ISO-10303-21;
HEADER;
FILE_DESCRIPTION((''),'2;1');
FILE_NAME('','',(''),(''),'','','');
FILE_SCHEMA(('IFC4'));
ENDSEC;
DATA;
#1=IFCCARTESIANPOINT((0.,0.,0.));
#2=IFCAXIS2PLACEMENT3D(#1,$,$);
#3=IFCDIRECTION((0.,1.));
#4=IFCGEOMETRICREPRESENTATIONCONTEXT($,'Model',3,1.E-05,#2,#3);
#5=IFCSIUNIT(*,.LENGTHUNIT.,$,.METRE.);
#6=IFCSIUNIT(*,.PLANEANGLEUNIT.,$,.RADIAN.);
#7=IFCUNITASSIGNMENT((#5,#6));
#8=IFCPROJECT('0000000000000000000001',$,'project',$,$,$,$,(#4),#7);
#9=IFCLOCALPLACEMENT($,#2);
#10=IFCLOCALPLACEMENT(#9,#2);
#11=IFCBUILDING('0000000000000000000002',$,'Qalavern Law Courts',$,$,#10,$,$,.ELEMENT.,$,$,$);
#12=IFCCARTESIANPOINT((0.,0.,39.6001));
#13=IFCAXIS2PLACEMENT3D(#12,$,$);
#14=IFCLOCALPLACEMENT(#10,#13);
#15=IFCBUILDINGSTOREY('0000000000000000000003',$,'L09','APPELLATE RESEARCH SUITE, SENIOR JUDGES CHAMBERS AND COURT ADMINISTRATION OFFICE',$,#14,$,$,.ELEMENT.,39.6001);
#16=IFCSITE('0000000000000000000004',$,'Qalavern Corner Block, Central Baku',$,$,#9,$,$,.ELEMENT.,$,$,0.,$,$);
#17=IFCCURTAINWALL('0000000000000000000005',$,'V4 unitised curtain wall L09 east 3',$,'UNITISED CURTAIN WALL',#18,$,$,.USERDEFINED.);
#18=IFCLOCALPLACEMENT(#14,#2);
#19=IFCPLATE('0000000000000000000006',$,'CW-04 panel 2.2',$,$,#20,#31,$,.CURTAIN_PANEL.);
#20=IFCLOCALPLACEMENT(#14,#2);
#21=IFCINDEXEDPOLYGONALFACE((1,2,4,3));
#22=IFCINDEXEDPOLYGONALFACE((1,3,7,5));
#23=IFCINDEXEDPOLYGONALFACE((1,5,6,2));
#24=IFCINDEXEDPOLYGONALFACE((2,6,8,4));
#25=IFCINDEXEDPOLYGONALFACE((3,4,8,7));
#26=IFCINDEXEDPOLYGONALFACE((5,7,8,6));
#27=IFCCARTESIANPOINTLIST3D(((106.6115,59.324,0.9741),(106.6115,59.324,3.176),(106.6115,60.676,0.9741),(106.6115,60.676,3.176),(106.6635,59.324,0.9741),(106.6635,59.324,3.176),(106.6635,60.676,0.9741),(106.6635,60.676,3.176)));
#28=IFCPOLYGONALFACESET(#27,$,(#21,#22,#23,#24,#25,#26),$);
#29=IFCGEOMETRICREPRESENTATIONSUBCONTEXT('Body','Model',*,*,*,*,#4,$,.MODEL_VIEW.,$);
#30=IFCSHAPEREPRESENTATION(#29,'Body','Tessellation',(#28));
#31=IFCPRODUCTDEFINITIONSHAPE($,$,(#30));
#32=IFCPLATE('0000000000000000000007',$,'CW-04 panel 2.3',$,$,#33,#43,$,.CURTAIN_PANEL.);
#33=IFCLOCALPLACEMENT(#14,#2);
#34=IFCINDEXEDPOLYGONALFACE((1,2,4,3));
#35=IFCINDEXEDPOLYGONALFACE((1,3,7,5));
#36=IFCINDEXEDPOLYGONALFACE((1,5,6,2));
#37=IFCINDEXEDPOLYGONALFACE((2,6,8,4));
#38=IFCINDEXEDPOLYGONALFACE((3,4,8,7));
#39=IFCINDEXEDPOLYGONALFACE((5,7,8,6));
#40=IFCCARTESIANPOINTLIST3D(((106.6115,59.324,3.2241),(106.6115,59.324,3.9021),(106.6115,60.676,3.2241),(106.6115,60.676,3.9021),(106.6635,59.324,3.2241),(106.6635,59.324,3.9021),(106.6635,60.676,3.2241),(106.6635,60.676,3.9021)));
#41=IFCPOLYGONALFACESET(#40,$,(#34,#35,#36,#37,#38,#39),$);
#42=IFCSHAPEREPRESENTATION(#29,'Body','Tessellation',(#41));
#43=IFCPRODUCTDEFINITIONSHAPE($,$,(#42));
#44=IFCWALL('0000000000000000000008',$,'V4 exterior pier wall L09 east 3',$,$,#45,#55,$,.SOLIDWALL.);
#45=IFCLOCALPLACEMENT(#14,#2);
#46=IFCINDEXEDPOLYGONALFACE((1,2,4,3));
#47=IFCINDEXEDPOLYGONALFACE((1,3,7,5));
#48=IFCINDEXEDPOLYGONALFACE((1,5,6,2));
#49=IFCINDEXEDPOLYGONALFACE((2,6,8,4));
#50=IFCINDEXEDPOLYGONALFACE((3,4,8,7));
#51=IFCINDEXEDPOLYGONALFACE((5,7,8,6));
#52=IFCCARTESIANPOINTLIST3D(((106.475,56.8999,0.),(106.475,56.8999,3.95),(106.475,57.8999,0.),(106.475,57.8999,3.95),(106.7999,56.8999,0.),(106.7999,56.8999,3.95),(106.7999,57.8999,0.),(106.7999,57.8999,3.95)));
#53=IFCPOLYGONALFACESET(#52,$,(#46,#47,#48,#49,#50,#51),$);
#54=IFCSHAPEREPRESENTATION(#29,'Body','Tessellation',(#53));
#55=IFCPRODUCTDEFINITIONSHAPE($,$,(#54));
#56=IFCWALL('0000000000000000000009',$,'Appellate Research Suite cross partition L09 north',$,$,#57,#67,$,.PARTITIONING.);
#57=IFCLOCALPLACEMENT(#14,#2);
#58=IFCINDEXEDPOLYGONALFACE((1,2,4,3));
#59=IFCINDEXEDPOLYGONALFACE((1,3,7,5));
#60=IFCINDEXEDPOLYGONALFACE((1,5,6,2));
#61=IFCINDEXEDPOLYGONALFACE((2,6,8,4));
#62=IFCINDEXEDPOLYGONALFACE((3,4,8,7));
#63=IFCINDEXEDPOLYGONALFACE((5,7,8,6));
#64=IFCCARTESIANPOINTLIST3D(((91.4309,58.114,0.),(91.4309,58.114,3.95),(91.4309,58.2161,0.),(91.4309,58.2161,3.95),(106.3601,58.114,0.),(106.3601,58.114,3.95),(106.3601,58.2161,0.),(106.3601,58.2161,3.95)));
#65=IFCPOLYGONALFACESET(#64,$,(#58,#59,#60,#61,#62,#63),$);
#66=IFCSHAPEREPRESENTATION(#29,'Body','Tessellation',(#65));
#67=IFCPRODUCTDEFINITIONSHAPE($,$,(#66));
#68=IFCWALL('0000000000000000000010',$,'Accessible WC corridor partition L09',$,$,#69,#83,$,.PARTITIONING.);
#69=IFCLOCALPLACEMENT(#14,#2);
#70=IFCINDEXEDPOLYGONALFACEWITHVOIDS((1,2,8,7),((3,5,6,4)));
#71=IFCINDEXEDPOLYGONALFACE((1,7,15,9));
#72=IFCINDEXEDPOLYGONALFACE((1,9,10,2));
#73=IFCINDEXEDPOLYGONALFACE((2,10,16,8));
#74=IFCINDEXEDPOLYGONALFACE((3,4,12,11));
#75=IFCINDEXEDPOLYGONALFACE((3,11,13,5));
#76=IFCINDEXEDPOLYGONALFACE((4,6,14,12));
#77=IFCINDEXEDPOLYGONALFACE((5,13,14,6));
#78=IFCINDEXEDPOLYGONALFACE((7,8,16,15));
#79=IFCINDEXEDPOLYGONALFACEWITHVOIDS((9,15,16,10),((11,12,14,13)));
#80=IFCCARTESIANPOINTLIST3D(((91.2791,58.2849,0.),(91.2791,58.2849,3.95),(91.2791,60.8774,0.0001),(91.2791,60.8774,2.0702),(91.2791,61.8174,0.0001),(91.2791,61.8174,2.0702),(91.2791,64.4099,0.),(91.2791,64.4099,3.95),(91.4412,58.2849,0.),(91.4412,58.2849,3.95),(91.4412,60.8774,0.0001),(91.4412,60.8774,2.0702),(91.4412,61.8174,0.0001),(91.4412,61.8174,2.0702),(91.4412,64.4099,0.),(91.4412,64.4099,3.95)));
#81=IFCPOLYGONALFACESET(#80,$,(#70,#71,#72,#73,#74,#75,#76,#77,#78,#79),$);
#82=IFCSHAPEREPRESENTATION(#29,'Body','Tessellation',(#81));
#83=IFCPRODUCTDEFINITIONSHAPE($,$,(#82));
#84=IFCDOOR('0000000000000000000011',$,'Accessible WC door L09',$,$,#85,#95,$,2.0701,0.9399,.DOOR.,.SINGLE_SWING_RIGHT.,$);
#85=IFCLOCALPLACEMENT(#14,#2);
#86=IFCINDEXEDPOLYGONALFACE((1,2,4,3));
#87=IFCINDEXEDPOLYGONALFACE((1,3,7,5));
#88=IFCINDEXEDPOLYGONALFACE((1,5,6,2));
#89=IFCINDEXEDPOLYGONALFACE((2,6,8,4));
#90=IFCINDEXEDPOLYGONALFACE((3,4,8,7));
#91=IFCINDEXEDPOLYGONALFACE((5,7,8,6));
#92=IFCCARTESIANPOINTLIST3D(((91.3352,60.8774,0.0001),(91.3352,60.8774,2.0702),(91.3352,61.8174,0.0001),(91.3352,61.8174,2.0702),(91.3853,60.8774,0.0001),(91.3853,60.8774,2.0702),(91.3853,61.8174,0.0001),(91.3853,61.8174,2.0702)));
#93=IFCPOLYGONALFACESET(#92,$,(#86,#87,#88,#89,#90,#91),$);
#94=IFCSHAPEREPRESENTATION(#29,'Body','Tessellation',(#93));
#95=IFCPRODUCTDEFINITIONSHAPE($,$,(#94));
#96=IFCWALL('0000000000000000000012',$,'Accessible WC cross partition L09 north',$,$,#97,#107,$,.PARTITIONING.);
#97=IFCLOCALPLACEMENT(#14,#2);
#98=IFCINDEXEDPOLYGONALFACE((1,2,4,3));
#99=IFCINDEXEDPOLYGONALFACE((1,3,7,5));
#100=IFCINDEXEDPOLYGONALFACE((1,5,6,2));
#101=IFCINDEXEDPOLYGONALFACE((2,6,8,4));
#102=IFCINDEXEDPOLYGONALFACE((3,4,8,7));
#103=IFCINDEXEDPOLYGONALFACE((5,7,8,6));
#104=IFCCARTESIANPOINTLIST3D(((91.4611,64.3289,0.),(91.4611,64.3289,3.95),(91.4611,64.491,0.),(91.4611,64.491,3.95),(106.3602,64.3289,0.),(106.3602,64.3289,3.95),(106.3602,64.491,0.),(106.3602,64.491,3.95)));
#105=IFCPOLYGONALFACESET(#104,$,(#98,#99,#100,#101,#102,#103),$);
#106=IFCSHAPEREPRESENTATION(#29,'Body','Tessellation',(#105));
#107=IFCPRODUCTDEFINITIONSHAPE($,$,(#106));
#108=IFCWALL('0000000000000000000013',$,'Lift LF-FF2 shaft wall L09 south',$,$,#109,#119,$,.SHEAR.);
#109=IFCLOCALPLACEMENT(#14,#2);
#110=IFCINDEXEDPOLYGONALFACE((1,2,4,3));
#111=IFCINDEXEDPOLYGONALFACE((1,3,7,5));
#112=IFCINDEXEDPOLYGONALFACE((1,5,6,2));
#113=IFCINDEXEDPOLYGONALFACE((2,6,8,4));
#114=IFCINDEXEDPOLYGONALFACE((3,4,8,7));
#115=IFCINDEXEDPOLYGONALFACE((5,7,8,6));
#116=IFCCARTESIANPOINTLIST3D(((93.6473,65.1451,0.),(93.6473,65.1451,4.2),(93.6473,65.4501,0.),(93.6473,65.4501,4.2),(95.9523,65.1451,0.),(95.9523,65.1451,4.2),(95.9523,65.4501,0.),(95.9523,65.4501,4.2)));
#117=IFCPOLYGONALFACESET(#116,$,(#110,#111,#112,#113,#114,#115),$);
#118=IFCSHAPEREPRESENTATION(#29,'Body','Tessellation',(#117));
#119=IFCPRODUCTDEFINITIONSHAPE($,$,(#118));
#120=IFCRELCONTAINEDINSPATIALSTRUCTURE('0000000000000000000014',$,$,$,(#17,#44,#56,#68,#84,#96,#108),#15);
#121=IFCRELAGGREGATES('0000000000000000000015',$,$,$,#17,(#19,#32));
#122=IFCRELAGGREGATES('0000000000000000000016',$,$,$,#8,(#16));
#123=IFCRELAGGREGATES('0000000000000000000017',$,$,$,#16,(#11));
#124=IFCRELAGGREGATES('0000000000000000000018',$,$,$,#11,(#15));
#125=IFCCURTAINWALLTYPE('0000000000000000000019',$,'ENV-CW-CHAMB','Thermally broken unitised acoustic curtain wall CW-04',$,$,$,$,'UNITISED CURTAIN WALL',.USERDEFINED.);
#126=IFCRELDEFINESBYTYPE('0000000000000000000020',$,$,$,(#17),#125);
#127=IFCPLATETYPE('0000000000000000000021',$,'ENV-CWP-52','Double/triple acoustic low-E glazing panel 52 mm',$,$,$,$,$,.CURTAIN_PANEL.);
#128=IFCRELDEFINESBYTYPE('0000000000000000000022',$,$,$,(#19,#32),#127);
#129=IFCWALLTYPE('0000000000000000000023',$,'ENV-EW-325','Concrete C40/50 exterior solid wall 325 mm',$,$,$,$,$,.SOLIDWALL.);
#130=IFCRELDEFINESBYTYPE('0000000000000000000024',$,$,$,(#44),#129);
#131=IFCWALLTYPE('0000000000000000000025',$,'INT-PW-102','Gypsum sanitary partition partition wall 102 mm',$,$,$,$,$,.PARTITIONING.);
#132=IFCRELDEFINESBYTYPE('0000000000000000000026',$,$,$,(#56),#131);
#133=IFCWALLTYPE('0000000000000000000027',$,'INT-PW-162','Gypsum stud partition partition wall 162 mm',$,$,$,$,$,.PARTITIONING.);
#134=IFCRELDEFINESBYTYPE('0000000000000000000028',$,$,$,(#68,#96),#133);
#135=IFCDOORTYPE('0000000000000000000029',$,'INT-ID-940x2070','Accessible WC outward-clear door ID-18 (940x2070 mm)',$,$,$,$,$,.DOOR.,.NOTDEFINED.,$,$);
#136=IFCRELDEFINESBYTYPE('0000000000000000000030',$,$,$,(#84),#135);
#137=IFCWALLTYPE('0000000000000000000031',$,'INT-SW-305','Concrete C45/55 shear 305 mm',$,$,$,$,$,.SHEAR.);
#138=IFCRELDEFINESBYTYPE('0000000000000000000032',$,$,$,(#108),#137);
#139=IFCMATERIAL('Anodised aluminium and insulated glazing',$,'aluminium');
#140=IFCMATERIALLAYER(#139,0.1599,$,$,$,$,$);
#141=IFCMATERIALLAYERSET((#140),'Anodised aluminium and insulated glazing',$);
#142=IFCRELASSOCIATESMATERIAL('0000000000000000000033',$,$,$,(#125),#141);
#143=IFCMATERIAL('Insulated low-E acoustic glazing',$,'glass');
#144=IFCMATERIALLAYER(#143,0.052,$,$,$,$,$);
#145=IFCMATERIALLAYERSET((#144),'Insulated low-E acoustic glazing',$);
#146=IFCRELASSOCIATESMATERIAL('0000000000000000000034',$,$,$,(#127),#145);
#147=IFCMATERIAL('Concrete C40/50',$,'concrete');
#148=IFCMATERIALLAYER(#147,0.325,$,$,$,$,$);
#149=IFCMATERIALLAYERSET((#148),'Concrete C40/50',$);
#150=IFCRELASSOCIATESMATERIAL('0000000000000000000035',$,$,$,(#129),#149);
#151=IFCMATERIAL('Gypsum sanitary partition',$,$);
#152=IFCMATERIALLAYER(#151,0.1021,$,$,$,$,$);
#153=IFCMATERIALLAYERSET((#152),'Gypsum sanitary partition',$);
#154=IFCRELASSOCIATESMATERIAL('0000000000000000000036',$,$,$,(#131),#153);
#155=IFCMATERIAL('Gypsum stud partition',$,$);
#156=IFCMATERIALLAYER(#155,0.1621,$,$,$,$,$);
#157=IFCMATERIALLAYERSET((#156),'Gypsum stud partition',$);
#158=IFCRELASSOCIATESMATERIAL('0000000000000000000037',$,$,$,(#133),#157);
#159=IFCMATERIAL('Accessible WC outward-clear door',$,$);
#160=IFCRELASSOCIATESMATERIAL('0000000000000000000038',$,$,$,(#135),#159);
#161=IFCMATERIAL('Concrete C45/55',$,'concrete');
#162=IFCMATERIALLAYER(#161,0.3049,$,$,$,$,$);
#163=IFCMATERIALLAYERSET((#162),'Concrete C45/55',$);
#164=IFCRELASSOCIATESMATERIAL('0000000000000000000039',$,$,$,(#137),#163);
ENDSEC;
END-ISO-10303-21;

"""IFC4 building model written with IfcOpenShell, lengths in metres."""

from ifc_helpers import new_model, si_unit, direction, frame, frame_2d, origin, origin_2d, place, context, subcontext, project, spatial, rectangle, extrude, material, layer, layer_set, type_object, element, fill, aggregate, save


model = new_model("IFC4")

# Units and contexts
model_context = context("Model", 3, precision=1e-05, world=origin(), true_north=direction((0.0, 1.0)))
body_context = subcontext(model_context, "Body", "Model", "MODEL_VIEW")
ifc_project = project(units=[si_unit("LENGTHUNIT", "METRE"), si_unit("PLANEANGLEUNIT", "RADIAN")], contexts=[model_context])

# Site, building, storey
site_placement = place(None, origin())
site = spatial("IfcSite", under=ifc_project, at=site_placement, Name="Qalavern Corner Block, Central Baku", CompositionType="ELEMENT", RefElevation=0.0)
building_placement = place(site_placement, origin())
building = spatial("IfcBuilding", under=site, at=building_placement, Name="Qalavern Law Courts", CompositionType="ELEMENT")
storey_placement = place(building_placement, frame((0.0, 0.0, 39.6001)))
storey = spatial("IfcBuildingStorey", under=building, at=storey_placement, Name="L09", Description="APPELLATE RESEARCH SUITE, SENIOR JUDGES CHAMBERS AND COURT ADMINISTRATION OFFICE", CompositionType="ELEMENT", Elevation=39.6001)

# Shared definitions
ifc_material_1 = material(Name="Concrete C45/55", Category="concrete")

# Shared definitions
ifc_material_2 = material(Name="Anodised aluminium and insulated glazing", Category="aluminium")
ifc_layer_1 = layer(ifc_material_2, 0.1599)
ifc_layer_set_1 = layer_set([ifc_layer_1], Name="Anodised aluminium and insulated glazing")
curtain_wall_type = type_object("IfcCurtainWallType", Name="ENV-CW-CHAMB", Description="Thermally broken unitised acoustic curtain wall CW-04", ElementType="UNITISED CURTAIN WALL", PredefinedType="USERDEFINED", material=ifc_layer_set_1)

# Curtain wall
curtain_wall_1_placement = place(storey_placement, origin())
curtain_wall_1 = element("IfcCurtainWall", 1, at=curtain_wall_1_placement, inside=storey, type_object=curtain_wall_type, Name="V4 unitised curtain wall L09 east 3", ObjectType="UNITISED CURTAIN WALL", PredefinedType="USERDEFINED")

# Shared definitions
ifc_material_3 = material(Name="Concrete C40/50", Category="concrete")

# Plates
ifc_material_4 = material(Name="Insulated low-E acoustic glazing", Category="glass")
ifc_layer_2 = layer(ifc_material_4, 0.052)
ifc_layer_set_2 = layer_set([ifc_layer_2], Name="Insulated low-E acoustic glazing")
plate_type_1 = type_object("IfcPlateType", Name="ENV-CWP-52", Description="Double/triple acoustic low-E glazing panel 52 mm", PredefinedType="CURTAIN_PANEL", material=ifc_layer_set_2)
plate_1_placement = place(storey_placement, frame((106.6375, 60.0, 0.9741), z_axis=(0.0, 0.0, 1.0), x_axis=(0.0, 1.0, 0.0)))
plate_1 = element("IfcPlate", 2, at=plate_1_placement, type_object=plate_type_1, Name="CW-04 panel 2.2", PredefinedType="CURTAIN_PANEL", context=body_context, shape_type="SweptSolid", body=[
    extrude(rectangle(XDim=1.3521, YDim=0.052, at=origin_2d()), origin(), (0.0, 0.0, 1.0), 2.2019),
])
plate_2_placement = place(storey_placement, frame((106.6375, 60.0, 3.2241), z_axis=(0.0, 0.0, 1.0), x_axis=(0.0, 1.0, 0.0)))
plate_2 = element("IfcPlate", 3, at=plate_2_placement, type_object=plate_type_1, Name="CW-04 panel 2.3", PredefinedType="CURTAIN_PANEL", context=body_context, shape_type="SweptSolid", body=[
    extrude(rectangle(XDim=1.3521, YDim=0.052, at=origin_2d()), origin(), (0.0, 0.0, 1.0), 0.678),
])
aggregate(curtain_wall_1, [plate_1, plate_2])

# Walls
ifc_layer_3 = layer(ifc_material_3, 0.325)
ifc_layer_set_3 = layer_set([ifc_layer_3], Name="Concrete C40/50")
wall_type_1 = type_object("IfcWallType", Name="ENV-EW-325", Description="Concrete C40/50 exterior solid wall 325 mm", PredefinedType="SOLIDWALL", material=ifc_layer_set_3)
wall_1_placement = place(storey_placement, frame((106.6375, 56.8999, 0.0), z_axis=(0.0, 0.0, 1.0), x_axis=(0.0, 1.0, 0.0)))
element("IfcWall", 4, at=wall_1_placement, inside=storey, type_object=wall_type_1, Name="V4 exterior pier wall L09 east 3", PredefinedType="SOLIDWALL", context=body_context, shape_type="SweptSolid", body=[
    extrude(rectangle(XDim=1.0, YDim=0.325, at=frame_2d((0.5, 0.0))), origin(), (0.0, 0.0, 1.0), 3.95),
])
ifc_material_5 = material(Name="Gypsum sanitary partition")
ifc_layer_4 = layer(ifc_material_5, 0.1021)
ifc_layer_set_4 = layer_set([ifc_layer_4], Name="Gypsum sanitary partition")
wall_type_2 = type_object("IfcWallType", Name="INT-PW-102", Description="Gypsum sanitary partition partition wall 102 mm", PredefinedType="PARTITIONING", material=ifc_layer_set_4)
wall_2_placement = place(storey_placement, frame((91.4309, 58.165, 0.0), z_axis=(0.0, 0.0, 1.0), x_axis=(1.0, 0.0, 0.0)))
element("IfcWall", 5, at=wall_2_placement, inside=storey, type_object=wall_type_2, Name="Appellate Research Suite cross partition L09 north", PredefinedType="PARTITIONING", context=body_context, shape_type="SweptSolid", body=[
    extrude(rectangle(XDim=14.9292, YDim=0.1021, at=frame_2d((7.4646, 0.0))), origin(), (0.0, 0.0, 1.0), 3.95),
])

# Wall, opening, door
ifc_material_6 = material(Name="Gypsum stud partition")
ifc_layer_5 = layer(ifc_material_6, 0.1621)
ifc_layer_set_5 = layer_set([ifc_layer_5], Name="Gypsum stud partition")
wall_type_3 = type_object("IfcWallType", Name="INT-PW-162", Description="Gypsum stud partition partition wall 162 mm", PredefinedType="PARTITIONING", material=ifc_layer_set_5)
wall_3_placement = place(storey_placement, frame((91.3601, 58.2849, 0.0), z_axis=(0.0, 0.0, 1.0), x_axis=(0.0, 1.0, 0.0)))
wall_3 = element("IfcWall", 6, at=wall_3_placement, inside=storey, type_object=wall_type_3, Name="Accessible WC corridor partition L09", PredefinedType="PARTITIONING", context=body_context, shape_type="SweptSolid", body=[
    extrude(rectangle(XDim=6.125, YDim=0.1621, at=frame_2d((3.0625, 0.0))), origin(), (0.0, 0.0, 1.0), 3.95),
])
opening_placement = place(wall_3_placement, frame((2.5925, 0.0, 0.0)))
opening = element("IfcOpeningElement", 7, at=opening_placement, cuts=wall_3, PredefinedType="OPENING", context=body_context, shape_type="SweptSolid", body=[
    extrude(rectangle(XDim=0.9399, YDim=2.0701, at=frame_2d((0.47, 1.0352))), frame((0.0, 0.0959, 0.0), z_axis=(0.0, -1.0, 0.0), x_axis=(1.0, 0.0, 0.0)), (0.0, 0.0, 1.0), 0.1919),
])
ifc_material_7 = material(Name="Accessible WC outward-clear door")
door_type = type_object("IfcDoorType", Name="INT-ID-940x2070", Description="Accessible WC outward-clear door ID-18 (940x2070 mm)", OperationType="NOTDEFINED", PredefinedType="DOOR", material=ifc_material_7)
door_placement = place(opening_placement, origin())
door = element("IfcDoor", 8, at=door_placement, inside=storey, type_object=door_type, Name="Accessible WC door L09", OperationType="SINGLE_SWING_RIGHT", OverallHeight=2.0701, OverallWidth=0.9399, PredefinedType="DOOR", context=body_context, shape_type="SweptSolid", body=[
    extrude(rectangle(XDim=0.9399, YDim=2.0701, at=frame_2d((0.47, 1.0352))), frame((0.0, 0.0249, 0.0), z_axis=(0.0, -1.0, 0.0), x_axis=(1.0, 0.0, 0.0)), (0.0, 0.0, 1.0), 0.05),
])
fill(opening, door)

# Walls
wall_4_placement = place(storey_placement, frame((91.4609, 64.4099, 0.0), z_axis=(0.0, 0.0, 1.0), x_axis=(1.0, 0.0, 0.0)))
element("IfcWall", 9, at=wall_4_placement, inside=storey, type_object=wall_type_3, Name="Accessible WC cross partition L09 north", PredefinedType="PARTITIONING", context=body_context, shape_type="SweptSolid", body=[
    extrude(rectangle(XDim=14.8992, YDim=0.1621, at=frame_2d((7.4497, 0.0))), origin(), (0.0, 0.0, 1.0), 3.95),
])
ifc_layer_6 = layer(ifc_material_1, 0.3049)
ifc_layer_set_6 = layer_set([ifc_layer_6], Name="Concrete C45/55")
wall_type_4 = type_object("IfcWallType", Name="INT-SW-305", Description="Concrete C45/55 shear 305 mm", PredefinedType="SHEAR", material=ifc_layer_set_6)
wall_5_placement = place(storey_placement, frame((93.6475, 65.2976, 0.0), z_axis=(0.0, 0.0, 1.0), x_axis=(1.0, 0.0, 0.0)))
element("IfcWall", 10, at=wall_5_placement, inside=storey, type_object=wall_type_4, Name="Lift LF-FF2 shaft wall L09 south", PredefinedType="SHEAR", context=body_context, shape_type="SweptSolid", body=[
    extrude(rectangle(XDim=2.3049, YDim=0.3049, at=frame_2d((1.1523, 0.0))), origin(), (0.0, 0.0, 1.0), 4.2),
])

save(model, "model.ifc")
